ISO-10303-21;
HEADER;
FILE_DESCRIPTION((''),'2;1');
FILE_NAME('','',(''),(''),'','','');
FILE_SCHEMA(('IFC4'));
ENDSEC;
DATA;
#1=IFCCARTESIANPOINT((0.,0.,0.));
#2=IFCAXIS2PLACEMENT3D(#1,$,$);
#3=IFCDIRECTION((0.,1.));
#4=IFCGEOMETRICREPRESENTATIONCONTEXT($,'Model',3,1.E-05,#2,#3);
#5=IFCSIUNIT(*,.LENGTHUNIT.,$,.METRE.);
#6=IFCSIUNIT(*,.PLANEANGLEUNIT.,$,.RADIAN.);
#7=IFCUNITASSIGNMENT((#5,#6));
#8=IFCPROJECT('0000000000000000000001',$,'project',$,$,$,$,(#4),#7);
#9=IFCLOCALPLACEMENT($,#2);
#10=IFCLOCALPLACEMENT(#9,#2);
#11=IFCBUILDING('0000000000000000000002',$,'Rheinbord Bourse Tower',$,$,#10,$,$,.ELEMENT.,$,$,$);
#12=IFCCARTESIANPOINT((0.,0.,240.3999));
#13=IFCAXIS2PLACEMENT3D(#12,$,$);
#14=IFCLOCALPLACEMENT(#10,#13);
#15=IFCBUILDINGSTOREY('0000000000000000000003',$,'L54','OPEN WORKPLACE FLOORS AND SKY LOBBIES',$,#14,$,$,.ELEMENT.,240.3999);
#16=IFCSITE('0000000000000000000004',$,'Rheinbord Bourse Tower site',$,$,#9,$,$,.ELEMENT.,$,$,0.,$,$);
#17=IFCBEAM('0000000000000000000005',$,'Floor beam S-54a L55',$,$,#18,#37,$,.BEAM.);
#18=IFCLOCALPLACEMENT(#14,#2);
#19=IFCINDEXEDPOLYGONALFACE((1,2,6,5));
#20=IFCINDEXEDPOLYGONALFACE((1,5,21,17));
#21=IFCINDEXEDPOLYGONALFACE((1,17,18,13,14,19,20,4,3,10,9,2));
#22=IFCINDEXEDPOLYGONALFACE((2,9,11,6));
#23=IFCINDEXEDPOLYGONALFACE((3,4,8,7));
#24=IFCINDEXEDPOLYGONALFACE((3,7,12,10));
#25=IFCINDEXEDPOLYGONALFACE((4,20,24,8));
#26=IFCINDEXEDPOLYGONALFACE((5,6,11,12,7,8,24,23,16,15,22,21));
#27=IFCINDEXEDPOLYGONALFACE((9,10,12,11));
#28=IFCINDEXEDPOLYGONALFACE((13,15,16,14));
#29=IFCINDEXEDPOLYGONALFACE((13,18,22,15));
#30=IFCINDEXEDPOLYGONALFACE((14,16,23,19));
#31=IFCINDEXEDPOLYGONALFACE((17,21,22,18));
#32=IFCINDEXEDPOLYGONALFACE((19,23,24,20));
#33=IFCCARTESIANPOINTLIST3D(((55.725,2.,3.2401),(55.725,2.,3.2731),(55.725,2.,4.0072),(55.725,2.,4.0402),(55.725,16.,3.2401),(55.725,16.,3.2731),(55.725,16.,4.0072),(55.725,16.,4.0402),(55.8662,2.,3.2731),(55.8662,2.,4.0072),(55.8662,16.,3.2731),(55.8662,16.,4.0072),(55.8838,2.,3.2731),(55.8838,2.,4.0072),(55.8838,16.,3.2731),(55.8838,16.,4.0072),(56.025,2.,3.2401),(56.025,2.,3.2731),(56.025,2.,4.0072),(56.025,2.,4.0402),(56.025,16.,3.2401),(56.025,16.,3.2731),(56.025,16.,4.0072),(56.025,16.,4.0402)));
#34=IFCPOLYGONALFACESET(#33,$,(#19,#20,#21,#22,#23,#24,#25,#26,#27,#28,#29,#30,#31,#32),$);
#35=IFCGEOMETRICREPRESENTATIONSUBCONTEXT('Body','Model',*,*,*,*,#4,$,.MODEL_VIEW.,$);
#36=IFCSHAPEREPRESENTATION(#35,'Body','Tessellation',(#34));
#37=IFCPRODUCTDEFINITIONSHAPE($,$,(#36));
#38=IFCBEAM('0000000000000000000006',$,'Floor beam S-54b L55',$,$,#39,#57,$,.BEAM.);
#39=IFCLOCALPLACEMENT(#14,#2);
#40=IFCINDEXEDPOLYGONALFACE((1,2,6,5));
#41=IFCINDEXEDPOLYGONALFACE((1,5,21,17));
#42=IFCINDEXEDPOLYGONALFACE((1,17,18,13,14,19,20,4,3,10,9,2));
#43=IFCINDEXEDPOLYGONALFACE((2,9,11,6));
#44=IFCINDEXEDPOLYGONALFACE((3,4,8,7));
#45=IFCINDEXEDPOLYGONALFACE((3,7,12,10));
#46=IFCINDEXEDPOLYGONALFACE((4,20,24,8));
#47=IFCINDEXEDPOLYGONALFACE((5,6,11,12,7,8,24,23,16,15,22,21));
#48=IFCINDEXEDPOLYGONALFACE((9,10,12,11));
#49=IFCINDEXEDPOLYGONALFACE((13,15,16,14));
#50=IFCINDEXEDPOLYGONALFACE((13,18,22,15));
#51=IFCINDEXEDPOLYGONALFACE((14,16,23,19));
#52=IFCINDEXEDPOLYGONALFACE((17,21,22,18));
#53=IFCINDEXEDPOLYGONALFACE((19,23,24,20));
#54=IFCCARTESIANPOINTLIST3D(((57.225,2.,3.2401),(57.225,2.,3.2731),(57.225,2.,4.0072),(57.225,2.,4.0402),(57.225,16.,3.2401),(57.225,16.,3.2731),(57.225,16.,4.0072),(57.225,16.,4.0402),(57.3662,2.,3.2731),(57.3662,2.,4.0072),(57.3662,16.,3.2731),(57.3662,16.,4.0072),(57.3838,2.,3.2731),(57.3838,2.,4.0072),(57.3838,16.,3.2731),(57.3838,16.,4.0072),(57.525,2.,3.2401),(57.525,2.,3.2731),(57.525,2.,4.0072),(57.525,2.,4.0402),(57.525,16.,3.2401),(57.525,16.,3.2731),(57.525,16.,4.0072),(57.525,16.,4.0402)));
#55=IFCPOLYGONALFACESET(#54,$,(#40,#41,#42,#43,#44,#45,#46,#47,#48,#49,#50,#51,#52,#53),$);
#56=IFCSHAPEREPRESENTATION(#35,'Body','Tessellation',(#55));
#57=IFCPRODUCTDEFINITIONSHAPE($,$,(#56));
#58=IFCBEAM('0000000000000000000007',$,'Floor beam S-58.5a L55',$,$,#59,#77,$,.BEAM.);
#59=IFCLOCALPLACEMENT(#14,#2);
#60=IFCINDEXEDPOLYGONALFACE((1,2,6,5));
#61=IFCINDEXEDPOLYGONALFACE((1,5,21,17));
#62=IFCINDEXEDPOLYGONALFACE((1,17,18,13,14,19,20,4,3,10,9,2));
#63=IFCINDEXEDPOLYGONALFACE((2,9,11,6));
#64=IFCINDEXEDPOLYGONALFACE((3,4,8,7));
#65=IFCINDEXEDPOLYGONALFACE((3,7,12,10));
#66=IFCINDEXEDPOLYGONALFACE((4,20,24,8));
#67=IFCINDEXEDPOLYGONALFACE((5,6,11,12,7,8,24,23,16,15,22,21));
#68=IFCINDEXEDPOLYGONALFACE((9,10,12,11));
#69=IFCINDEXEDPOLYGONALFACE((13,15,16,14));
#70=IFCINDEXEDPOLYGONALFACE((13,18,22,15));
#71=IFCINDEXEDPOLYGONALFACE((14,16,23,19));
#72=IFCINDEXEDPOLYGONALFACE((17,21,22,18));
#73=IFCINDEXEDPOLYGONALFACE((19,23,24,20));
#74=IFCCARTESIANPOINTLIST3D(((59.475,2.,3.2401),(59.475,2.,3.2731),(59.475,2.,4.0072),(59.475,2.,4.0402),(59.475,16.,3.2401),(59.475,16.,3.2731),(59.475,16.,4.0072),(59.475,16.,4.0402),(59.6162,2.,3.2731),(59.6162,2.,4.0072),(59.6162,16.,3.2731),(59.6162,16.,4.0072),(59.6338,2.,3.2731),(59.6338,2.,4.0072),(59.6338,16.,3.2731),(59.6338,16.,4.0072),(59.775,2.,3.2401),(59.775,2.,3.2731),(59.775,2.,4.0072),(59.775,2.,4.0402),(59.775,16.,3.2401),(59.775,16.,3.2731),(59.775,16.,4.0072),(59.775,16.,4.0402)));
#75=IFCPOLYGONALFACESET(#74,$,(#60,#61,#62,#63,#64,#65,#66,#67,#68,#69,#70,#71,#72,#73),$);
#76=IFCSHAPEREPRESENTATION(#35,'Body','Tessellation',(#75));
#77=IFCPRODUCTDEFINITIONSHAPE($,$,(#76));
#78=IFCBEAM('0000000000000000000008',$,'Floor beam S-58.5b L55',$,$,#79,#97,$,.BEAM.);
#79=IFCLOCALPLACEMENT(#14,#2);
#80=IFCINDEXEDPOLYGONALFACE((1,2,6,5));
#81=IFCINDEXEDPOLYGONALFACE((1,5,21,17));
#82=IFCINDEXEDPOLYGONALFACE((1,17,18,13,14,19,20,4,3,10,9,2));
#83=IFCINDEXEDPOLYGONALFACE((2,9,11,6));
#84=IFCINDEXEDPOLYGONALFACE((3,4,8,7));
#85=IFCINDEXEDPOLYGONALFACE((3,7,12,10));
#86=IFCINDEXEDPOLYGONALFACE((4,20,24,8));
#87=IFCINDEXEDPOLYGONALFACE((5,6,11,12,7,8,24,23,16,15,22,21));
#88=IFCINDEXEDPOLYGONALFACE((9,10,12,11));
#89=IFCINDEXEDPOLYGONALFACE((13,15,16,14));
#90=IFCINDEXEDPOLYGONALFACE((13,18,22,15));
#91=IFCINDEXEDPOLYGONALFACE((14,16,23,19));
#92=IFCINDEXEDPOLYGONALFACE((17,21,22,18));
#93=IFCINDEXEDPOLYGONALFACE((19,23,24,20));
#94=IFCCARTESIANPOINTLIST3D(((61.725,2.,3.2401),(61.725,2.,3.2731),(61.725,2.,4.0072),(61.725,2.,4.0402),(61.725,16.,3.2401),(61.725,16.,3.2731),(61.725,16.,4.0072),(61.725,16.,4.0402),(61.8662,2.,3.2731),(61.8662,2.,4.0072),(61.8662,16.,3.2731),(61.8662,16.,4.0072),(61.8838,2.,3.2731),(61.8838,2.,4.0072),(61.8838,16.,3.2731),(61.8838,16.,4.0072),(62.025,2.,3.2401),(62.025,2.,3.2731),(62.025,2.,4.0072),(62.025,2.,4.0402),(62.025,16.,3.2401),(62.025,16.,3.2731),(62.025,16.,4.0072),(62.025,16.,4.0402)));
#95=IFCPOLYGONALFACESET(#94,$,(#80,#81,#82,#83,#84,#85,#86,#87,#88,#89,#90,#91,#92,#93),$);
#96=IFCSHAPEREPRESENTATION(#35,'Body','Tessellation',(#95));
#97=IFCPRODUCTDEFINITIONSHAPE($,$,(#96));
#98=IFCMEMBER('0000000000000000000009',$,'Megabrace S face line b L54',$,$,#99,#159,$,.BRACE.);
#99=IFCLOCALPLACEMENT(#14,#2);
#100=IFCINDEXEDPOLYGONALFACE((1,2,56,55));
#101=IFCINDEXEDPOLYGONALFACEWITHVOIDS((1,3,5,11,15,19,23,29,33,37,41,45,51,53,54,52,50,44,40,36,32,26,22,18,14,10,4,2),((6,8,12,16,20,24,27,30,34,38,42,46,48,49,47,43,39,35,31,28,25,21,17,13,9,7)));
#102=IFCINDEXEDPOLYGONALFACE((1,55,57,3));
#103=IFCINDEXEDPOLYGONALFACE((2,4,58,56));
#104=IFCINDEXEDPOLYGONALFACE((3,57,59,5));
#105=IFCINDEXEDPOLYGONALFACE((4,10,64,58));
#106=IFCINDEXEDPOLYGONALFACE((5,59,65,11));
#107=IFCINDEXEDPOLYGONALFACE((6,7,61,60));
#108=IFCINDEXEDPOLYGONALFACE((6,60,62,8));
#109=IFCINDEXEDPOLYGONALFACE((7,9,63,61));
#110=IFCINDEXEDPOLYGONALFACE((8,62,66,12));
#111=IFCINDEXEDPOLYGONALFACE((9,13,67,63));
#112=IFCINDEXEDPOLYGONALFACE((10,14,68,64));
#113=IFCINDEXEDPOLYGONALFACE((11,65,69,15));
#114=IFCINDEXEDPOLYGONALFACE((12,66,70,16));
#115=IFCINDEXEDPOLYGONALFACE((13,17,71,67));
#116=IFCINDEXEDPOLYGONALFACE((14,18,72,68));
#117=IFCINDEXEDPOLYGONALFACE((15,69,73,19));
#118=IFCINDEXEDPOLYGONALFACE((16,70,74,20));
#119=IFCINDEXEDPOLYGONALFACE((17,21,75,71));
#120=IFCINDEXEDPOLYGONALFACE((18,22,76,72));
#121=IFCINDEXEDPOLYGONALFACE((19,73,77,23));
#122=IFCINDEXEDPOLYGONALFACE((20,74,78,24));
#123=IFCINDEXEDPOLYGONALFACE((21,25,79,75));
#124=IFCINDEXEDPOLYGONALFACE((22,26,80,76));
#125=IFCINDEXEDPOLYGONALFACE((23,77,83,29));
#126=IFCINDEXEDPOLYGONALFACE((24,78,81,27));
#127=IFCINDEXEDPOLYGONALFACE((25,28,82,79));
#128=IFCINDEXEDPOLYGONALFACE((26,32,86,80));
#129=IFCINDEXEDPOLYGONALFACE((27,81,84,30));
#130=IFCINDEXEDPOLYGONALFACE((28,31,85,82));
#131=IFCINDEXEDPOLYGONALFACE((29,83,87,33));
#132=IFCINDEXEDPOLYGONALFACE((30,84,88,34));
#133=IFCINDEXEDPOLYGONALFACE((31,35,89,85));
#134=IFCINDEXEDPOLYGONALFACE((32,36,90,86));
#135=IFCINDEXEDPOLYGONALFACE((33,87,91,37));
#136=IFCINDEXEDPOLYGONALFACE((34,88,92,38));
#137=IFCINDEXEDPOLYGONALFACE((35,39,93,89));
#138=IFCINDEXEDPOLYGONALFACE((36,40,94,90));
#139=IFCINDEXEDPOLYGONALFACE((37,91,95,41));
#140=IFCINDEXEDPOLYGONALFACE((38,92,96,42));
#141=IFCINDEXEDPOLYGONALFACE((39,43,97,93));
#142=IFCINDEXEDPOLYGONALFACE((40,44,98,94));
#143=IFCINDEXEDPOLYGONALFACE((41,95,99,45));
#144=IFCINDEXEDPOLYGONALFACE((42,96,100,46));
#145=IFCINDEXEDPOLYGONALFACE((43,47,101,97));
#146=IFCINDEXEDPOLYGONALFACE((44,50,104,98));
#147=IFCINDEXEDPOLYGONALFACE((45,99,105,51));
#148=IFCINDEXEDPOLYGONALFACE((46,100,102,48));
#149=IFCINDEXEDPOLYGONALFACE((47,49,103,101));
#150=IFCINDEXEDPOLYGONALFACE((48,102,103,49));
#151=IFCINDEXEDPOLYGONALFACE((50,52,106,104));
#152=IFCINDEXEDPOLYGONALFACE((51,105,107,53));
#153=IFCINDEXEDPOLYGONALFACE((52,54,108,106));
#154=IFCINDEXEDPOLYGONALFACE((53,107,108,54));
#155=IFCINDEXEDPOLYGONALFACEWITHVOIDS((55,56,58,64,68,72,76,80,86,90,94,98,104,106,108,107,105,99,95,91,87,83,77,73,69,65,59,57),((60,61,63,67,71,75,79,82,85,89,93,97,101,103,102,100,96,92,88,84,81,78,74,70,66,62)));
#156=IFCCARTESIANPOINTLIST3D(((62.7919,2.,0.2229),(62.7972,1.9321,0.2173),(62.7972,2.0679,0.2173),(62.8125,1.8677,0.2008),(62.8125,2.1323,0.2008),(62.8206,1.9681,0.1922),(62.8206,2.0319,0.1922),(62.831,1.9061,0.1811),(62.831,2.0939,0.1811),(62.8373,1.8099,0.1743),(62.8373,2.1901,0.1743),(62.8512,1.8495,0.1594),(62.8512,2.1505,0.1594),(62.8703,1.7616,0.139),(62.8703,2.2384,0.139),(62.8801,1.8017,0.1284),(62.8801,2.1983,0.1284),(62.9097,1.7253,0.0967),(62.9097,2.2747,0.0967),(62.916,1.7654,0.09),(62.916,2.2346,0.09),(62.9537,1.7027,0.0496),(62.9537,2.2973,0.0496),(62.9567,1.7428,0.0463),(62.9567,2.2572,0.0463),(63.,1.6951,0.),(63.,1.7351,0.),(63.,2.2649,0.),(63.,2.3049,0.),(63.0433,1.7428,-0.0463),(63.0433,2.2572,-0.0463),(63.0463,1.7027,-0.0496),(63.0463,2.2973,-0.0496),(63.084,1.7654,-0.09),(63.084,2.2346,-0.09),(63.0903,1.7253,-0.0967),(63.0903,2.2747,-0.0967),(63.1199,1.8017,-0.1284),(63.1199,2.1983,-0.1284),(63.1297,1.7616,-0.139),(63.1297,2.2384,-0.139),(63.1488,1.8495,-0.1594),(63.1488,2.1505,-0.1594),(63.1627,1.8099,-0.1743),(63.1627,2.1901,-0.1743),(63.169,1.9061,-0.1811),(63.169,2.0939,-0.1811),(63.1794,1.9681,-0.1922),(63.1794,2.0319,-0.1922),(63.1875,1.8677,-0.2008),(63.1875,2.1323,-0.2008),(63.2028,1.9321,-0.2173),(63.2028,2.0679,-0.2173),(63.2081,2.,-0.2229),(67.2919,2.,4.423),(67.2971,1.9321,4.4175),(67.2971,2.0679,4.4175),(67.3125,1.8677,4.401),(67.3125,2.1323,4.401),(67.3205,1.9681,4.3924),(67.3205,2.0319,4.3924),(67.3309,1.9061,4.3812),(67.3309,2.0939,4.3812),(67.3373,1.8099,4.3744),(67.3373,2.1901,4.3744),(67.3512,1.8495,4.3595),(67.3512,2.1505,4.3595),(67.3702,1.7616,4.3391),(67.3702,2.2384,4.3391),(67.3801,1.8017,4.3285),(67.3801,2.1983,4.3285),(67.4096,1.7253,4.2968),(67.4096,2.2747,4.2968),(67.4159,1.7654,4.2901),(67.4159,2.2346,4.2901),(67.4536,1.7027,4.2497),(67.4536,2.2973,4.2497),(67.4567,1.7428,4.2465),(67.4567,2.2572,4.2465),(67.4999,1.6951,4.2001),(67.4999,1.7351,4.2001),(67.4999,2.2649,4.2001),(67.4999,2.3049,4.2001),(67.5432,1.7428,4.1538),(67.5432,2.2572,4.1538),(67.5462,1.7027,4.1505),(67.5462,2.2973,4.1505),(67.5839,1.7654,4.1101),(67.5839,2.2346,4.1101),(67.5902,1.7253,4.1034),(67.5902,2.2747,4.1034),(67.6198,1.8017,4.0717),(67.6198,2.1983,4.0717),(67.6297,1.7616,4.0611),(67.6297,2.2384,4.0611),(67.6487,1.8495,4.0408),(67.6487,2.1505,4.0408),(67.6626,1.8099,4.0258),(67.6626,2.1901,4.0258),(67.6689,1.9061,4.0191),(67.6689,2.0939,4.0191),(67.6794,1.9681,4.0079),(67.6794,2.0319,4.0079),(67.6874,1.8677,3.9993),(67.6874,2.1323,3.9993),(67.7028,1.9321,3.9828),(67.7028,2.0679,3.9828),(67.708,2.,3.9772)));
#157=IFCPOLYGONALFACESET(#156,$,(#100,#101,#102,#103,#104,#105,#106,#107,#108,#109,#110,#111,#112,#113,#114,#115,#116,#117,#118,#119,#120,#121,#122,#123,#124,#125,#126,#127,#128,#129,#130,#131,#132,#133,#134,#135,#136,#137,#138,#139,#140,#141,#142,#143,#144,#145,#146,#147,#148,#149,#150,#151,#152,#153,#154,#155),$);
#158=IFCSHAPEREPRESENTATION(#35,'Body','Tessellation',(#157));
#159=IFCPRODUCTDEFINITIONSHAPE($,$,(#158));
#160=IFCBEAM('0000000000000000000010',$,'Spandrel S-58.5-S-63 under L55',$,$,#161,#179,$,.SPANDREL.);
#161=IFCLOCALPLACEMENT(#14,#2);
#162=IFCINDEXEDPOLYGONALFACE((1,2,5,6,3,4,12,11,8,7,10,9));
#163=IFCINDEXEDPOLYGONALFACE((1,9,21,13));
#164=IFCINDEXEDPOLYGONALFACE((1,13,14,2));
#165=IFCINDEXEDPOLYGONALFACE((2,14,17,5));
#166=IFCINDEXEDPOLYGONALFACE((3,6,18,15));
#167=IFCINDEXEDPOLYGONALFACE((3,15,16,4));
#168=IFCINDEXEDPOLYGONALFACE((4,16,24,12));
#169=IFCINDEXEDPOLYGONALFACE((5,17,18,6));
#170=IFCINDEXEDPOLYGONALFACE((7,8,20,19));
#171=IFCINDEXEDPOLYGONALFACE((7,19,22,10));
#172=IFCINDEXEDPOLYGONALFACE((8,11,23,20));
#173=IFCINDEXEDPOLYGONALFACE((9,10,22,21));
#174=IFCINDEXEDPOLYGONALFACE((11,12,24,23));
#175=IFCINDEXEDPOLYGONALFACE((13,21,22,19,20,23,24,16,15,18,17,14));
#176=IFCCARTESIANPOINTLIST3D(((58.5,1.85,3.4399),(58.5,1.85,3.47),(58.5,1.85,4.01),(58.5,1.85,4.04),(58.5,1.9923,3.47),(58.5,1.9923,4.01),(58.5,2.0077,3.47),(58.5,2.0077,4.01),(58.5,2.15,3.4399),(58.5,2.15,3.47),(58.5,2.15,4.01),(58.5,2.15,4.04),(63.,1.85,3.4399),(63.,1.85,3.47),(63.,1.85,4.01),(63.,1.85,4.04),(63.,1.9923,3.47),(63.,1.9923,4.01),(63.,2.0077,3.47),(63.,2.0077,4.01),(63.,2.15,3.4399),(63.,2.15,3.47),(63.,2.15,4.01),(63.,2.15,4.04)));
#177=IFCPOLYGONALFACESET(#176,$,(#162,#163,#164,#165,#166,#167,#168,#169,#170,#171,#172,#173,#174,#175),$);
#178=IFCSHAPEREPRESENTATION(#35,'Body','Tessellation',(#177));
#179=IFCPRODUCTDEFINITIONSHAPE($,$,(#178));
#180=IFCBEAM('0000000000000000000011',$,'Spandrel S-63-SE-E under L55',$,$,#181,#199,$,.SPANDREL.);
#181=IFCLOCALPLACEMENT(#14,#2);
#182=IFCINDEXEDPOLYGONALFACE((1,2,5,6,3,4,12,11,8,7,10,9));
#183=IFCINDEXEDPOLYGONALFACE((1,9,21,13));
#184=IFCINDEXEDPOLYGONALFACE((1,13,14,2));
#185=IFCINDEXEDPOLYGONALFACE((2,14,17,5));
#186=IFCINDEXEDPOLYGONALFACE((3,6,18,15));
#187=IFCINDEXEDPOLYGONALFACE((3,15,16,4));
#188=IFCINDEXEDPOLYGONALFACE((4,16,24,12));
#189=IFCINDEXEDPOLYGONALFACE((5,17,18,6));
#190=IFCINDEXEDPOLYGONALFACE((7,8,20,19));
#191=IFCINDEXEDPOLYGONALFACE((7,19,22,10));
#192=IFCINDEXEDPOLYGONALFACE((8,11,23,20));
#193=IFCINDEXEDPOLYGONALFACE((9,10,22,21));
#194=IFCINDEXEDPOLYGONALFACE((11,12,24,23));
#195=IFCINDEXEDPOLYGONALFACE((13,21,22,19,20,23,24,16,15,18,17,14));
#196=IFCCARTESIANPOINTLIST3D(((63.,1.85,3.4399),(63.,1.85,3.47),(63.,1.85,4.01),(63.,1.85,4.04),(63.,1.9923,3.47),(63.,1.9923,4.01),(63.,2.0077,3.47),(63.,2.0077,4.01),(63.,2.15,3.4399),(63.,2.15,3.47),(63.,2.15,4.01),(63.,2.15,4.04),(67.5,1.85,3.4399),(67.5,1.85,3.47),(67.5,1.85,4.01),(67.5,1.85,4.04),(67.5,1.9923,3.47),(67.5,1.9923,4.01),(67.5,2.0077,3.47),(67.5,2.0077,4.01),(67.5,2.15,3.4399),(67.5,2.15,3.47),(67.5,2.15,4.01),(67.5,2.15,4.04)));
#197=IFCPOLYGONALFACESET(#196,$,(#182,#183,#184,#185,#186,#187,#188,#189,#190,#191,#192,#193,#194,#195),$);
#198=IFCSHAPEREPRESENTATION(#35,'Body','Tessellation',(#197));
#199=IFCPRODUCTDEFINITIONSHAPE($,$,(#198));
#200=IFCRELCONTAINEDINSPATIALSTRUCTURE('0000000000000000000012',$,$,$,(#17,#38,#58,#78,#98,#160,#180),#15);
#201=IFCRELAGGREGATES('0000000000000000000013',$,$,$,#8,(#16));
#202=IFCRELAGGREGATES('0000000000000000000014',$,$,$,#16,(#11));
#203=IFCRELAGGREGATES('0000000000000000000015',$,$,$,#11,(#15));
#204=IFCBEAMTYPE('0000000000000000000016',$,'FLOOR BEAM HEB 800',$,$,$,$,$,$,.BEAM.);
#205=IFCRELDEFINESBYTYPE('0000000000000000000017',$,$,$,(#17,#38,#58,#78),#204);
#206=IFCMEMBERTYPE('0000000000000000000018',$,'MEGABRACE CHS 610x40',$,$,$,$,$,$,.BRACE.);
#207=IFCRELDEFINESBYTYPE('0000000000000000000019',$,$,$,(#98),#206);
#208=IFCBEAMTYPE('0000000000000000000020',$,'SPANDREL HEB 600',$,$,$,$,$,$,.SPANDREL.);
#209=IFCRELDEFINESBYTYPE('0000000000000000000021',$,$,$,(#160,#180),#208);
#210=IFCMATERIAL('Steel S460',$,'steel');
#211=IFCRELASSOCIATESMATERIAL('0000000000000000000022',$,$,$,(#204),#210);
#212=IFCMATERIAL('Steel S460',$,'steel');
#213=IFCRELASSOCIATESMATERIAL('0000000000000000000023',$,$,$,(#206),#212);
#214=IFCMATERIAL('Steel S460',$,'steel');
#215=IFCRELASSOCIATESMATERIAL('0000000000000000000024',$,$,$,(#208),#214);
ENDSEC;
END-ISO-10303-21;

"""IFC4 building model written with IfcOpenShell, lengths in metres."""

from ifc_helpers import new_model, si_unit, direction, frame, origin, origin_2d, place, context, subcontext, project, spatial, hollow_circle, i_section, extrude, material, material_profile, profile_set, type_object, element, save


model = new_model("IFC4")

# Units and contexts
model_context = context("Model", 3, precision=1e-05, world=origin(), true_north=direction((0.0, 1.0)))
body_context = subcontext(model_context, "Body", "Model", "MODEL_VIEW")
ifc_project = project(units=[si_unit("LENGTHUNIT", "METRE"), si_unit("PLANEANGLEUNIT", "RADIAN")], contexts=[model_context])

# Site, building, storey
site_placement = place(None, origin())
site = spatial("IfcSite", under=ifc_project, at=site_placement, Name="Rheinbord Bourse Tower site", CompositionType="ELEMENT", RefElevation=0.0)
building_placement = place(site_placement, origin())
building = spatial("IfcBuilding", under=site, at=building_placement, Name="Rheinbord Bourse Tower", CompositionType="ELEMENT")
storey_placement = place(building_placement, frame((0.0, 0.0, 240.3999)))
storey = spatial("IfcBuildingStorey", under=building, at=storey_placement, Name="L54", Description="OPEN WORKPLACE FLOORS AND SKY LOBBIES", CompositionType="ELEMENT", Elevation=240.3999)

# Beams
ifc_material_1 = material(Name="Steel S460", Category="steel")
ifc_material_profile_1 = material_profile(ifc_material_1, i_section(OverallWidth=0.3, OverallDepth=0.8, WebThickness=0.0176, FlangeThickness=0.033, at=origin_2d()), Name="HEB 800")
ifc_profile_set_1 = profile_set([ifc_material_profile_1], Name="Steel S460")
beam_type_1 = type_object("IfcBeamType", Name="FLOOR BEAM HEB 800", PredefinedType="BEAM", material=ifc_profile_set_1)
for number, where, z_axis, x_axis, name in (
    (1, (55.875, 2.0, 3.6401), (0.0, 1.0, 0.0), (-1.0, 0.0, 0.0), "Floor beam S-54a L55"),
    (2, (57.375, 2.0, 3.6401), (0.0, 1.0, 0.0), (-1.0, 0.0, 0.0), "Floor beam S-54b L55"),
    (3, (59.625, 2.0, 3.6401), (0.0, 1.0, 0.0), (-1.0, 0.0, 0.0), "Floor beam S-58.5a L55"),
    (4, (61.875, 2.0, 3.6401), (0.0, 1.0, 0.0), (-1.0, 0.0, 0.0), "Floor beam S-58.5b L55"),
):
    element("IfcBeam", number, at=place(storey_placement, frame(where, z_axis=z_axis, x_axis=x_axis)), inside=storey, type_object=beam_type_1, Name=name, PredefinedType="BEAM", context=body_context, shape_type="SweptSolid", body=[
        extrude(i_section(OverallWidth=0.3, OverallDepth=0.8, WebThickness=0.0176, FlangeThickness=0.033, at=origin_2d()), origin(), (0.0, 0.0, 1.0), 14.0),
    ])

# Member
ifc_material_2 = material(Name="Steel S460", Category="steel")
ifc_material_profile_2 = material_profile(ifc_material_2, hollow_circle(Radius=0.3049, WallThickness=0.04, at=origin_2d()), Name="CHS 610x40")
ifc_profile_set_2 = profile_set([ifc_material_profile_2], Name="Steel S460")
member_type_1 = type_object("IfcMemberType", Name="MEGABRACE CHS 610x40", PredefinedType="BRACE", material=ifc_profile_set_2)
member_1_placement = place(storey_placement, frame((63.0, 2.0, 0.0), z_axis=(0.731039, 0.0, 0.682335), x_axis=(0.0, 1.0, 0.0)))
element("IfcMember", 5, at=member_1_placement, inside=storey, type_object=member_type_1, Name="Megabrace S face line b L54", PredefinedType="BRACE", context=body_context, shape_type="SweptSolid", body=[
    extrude(hollow_circle(Radius=0.3049, WallThickness=0.04, at=origin_2d()), origin(), (0.0, 0.0, 1.0), 6.1555),
])

# Beams
ifc_material_3 = material(Name="Steel S460", Category="steel")
ifc_material_profile_3 = material_profile(ifc_material_3, i_section(OverallWidth=0.3, OverallDepth=0.6001, WebThickness=0.0154, FlangeThickness=0.03, at=origin_2d()), Name="HEB 600")
ifc_profile_set_3 = profile_set([ifc_material_profile_3], Name="Steel S460")
beam_type_2 = type_object("IfcBeamType", Name="SPANDREL HEB 600", PredefinedType="SPANDREL", material=ifc_profile_set_3)
for number, where, z_axis, x_axis, name in (
    (6, (58.5, 2.0, 3.74), (1.0, 0.0, 0.0), (0.0, 1.0, 0.0), "Spandrel S-58.5-S-63 under L55"),
    (7, (63.0, 2.0, 3.74), (1.0, 0.0, 0.0), (0.0, 1.0, 0.0), "Spandrel S-63-SE-E under L55"),
):
    element("IfcBeam", number, at=place(storey_placement, frame(where, z_axis=z_axis, x_axis=x_axis)), inside=storey, type_object=beam_type_2, Name=name, PredefinedType="SPANDREL", context=body_context, shape_type="SweptSolid", body=[
        extrude(i_section(OverallWidth=0.3, OverallDepth=0.6001, WebThickness=0.0154, FlangeThickness=0.03, at=origin_2d()), origin(), (0.0, 0.0, 1.0), 4.5),
    ])

save(model, "model.ifc")
